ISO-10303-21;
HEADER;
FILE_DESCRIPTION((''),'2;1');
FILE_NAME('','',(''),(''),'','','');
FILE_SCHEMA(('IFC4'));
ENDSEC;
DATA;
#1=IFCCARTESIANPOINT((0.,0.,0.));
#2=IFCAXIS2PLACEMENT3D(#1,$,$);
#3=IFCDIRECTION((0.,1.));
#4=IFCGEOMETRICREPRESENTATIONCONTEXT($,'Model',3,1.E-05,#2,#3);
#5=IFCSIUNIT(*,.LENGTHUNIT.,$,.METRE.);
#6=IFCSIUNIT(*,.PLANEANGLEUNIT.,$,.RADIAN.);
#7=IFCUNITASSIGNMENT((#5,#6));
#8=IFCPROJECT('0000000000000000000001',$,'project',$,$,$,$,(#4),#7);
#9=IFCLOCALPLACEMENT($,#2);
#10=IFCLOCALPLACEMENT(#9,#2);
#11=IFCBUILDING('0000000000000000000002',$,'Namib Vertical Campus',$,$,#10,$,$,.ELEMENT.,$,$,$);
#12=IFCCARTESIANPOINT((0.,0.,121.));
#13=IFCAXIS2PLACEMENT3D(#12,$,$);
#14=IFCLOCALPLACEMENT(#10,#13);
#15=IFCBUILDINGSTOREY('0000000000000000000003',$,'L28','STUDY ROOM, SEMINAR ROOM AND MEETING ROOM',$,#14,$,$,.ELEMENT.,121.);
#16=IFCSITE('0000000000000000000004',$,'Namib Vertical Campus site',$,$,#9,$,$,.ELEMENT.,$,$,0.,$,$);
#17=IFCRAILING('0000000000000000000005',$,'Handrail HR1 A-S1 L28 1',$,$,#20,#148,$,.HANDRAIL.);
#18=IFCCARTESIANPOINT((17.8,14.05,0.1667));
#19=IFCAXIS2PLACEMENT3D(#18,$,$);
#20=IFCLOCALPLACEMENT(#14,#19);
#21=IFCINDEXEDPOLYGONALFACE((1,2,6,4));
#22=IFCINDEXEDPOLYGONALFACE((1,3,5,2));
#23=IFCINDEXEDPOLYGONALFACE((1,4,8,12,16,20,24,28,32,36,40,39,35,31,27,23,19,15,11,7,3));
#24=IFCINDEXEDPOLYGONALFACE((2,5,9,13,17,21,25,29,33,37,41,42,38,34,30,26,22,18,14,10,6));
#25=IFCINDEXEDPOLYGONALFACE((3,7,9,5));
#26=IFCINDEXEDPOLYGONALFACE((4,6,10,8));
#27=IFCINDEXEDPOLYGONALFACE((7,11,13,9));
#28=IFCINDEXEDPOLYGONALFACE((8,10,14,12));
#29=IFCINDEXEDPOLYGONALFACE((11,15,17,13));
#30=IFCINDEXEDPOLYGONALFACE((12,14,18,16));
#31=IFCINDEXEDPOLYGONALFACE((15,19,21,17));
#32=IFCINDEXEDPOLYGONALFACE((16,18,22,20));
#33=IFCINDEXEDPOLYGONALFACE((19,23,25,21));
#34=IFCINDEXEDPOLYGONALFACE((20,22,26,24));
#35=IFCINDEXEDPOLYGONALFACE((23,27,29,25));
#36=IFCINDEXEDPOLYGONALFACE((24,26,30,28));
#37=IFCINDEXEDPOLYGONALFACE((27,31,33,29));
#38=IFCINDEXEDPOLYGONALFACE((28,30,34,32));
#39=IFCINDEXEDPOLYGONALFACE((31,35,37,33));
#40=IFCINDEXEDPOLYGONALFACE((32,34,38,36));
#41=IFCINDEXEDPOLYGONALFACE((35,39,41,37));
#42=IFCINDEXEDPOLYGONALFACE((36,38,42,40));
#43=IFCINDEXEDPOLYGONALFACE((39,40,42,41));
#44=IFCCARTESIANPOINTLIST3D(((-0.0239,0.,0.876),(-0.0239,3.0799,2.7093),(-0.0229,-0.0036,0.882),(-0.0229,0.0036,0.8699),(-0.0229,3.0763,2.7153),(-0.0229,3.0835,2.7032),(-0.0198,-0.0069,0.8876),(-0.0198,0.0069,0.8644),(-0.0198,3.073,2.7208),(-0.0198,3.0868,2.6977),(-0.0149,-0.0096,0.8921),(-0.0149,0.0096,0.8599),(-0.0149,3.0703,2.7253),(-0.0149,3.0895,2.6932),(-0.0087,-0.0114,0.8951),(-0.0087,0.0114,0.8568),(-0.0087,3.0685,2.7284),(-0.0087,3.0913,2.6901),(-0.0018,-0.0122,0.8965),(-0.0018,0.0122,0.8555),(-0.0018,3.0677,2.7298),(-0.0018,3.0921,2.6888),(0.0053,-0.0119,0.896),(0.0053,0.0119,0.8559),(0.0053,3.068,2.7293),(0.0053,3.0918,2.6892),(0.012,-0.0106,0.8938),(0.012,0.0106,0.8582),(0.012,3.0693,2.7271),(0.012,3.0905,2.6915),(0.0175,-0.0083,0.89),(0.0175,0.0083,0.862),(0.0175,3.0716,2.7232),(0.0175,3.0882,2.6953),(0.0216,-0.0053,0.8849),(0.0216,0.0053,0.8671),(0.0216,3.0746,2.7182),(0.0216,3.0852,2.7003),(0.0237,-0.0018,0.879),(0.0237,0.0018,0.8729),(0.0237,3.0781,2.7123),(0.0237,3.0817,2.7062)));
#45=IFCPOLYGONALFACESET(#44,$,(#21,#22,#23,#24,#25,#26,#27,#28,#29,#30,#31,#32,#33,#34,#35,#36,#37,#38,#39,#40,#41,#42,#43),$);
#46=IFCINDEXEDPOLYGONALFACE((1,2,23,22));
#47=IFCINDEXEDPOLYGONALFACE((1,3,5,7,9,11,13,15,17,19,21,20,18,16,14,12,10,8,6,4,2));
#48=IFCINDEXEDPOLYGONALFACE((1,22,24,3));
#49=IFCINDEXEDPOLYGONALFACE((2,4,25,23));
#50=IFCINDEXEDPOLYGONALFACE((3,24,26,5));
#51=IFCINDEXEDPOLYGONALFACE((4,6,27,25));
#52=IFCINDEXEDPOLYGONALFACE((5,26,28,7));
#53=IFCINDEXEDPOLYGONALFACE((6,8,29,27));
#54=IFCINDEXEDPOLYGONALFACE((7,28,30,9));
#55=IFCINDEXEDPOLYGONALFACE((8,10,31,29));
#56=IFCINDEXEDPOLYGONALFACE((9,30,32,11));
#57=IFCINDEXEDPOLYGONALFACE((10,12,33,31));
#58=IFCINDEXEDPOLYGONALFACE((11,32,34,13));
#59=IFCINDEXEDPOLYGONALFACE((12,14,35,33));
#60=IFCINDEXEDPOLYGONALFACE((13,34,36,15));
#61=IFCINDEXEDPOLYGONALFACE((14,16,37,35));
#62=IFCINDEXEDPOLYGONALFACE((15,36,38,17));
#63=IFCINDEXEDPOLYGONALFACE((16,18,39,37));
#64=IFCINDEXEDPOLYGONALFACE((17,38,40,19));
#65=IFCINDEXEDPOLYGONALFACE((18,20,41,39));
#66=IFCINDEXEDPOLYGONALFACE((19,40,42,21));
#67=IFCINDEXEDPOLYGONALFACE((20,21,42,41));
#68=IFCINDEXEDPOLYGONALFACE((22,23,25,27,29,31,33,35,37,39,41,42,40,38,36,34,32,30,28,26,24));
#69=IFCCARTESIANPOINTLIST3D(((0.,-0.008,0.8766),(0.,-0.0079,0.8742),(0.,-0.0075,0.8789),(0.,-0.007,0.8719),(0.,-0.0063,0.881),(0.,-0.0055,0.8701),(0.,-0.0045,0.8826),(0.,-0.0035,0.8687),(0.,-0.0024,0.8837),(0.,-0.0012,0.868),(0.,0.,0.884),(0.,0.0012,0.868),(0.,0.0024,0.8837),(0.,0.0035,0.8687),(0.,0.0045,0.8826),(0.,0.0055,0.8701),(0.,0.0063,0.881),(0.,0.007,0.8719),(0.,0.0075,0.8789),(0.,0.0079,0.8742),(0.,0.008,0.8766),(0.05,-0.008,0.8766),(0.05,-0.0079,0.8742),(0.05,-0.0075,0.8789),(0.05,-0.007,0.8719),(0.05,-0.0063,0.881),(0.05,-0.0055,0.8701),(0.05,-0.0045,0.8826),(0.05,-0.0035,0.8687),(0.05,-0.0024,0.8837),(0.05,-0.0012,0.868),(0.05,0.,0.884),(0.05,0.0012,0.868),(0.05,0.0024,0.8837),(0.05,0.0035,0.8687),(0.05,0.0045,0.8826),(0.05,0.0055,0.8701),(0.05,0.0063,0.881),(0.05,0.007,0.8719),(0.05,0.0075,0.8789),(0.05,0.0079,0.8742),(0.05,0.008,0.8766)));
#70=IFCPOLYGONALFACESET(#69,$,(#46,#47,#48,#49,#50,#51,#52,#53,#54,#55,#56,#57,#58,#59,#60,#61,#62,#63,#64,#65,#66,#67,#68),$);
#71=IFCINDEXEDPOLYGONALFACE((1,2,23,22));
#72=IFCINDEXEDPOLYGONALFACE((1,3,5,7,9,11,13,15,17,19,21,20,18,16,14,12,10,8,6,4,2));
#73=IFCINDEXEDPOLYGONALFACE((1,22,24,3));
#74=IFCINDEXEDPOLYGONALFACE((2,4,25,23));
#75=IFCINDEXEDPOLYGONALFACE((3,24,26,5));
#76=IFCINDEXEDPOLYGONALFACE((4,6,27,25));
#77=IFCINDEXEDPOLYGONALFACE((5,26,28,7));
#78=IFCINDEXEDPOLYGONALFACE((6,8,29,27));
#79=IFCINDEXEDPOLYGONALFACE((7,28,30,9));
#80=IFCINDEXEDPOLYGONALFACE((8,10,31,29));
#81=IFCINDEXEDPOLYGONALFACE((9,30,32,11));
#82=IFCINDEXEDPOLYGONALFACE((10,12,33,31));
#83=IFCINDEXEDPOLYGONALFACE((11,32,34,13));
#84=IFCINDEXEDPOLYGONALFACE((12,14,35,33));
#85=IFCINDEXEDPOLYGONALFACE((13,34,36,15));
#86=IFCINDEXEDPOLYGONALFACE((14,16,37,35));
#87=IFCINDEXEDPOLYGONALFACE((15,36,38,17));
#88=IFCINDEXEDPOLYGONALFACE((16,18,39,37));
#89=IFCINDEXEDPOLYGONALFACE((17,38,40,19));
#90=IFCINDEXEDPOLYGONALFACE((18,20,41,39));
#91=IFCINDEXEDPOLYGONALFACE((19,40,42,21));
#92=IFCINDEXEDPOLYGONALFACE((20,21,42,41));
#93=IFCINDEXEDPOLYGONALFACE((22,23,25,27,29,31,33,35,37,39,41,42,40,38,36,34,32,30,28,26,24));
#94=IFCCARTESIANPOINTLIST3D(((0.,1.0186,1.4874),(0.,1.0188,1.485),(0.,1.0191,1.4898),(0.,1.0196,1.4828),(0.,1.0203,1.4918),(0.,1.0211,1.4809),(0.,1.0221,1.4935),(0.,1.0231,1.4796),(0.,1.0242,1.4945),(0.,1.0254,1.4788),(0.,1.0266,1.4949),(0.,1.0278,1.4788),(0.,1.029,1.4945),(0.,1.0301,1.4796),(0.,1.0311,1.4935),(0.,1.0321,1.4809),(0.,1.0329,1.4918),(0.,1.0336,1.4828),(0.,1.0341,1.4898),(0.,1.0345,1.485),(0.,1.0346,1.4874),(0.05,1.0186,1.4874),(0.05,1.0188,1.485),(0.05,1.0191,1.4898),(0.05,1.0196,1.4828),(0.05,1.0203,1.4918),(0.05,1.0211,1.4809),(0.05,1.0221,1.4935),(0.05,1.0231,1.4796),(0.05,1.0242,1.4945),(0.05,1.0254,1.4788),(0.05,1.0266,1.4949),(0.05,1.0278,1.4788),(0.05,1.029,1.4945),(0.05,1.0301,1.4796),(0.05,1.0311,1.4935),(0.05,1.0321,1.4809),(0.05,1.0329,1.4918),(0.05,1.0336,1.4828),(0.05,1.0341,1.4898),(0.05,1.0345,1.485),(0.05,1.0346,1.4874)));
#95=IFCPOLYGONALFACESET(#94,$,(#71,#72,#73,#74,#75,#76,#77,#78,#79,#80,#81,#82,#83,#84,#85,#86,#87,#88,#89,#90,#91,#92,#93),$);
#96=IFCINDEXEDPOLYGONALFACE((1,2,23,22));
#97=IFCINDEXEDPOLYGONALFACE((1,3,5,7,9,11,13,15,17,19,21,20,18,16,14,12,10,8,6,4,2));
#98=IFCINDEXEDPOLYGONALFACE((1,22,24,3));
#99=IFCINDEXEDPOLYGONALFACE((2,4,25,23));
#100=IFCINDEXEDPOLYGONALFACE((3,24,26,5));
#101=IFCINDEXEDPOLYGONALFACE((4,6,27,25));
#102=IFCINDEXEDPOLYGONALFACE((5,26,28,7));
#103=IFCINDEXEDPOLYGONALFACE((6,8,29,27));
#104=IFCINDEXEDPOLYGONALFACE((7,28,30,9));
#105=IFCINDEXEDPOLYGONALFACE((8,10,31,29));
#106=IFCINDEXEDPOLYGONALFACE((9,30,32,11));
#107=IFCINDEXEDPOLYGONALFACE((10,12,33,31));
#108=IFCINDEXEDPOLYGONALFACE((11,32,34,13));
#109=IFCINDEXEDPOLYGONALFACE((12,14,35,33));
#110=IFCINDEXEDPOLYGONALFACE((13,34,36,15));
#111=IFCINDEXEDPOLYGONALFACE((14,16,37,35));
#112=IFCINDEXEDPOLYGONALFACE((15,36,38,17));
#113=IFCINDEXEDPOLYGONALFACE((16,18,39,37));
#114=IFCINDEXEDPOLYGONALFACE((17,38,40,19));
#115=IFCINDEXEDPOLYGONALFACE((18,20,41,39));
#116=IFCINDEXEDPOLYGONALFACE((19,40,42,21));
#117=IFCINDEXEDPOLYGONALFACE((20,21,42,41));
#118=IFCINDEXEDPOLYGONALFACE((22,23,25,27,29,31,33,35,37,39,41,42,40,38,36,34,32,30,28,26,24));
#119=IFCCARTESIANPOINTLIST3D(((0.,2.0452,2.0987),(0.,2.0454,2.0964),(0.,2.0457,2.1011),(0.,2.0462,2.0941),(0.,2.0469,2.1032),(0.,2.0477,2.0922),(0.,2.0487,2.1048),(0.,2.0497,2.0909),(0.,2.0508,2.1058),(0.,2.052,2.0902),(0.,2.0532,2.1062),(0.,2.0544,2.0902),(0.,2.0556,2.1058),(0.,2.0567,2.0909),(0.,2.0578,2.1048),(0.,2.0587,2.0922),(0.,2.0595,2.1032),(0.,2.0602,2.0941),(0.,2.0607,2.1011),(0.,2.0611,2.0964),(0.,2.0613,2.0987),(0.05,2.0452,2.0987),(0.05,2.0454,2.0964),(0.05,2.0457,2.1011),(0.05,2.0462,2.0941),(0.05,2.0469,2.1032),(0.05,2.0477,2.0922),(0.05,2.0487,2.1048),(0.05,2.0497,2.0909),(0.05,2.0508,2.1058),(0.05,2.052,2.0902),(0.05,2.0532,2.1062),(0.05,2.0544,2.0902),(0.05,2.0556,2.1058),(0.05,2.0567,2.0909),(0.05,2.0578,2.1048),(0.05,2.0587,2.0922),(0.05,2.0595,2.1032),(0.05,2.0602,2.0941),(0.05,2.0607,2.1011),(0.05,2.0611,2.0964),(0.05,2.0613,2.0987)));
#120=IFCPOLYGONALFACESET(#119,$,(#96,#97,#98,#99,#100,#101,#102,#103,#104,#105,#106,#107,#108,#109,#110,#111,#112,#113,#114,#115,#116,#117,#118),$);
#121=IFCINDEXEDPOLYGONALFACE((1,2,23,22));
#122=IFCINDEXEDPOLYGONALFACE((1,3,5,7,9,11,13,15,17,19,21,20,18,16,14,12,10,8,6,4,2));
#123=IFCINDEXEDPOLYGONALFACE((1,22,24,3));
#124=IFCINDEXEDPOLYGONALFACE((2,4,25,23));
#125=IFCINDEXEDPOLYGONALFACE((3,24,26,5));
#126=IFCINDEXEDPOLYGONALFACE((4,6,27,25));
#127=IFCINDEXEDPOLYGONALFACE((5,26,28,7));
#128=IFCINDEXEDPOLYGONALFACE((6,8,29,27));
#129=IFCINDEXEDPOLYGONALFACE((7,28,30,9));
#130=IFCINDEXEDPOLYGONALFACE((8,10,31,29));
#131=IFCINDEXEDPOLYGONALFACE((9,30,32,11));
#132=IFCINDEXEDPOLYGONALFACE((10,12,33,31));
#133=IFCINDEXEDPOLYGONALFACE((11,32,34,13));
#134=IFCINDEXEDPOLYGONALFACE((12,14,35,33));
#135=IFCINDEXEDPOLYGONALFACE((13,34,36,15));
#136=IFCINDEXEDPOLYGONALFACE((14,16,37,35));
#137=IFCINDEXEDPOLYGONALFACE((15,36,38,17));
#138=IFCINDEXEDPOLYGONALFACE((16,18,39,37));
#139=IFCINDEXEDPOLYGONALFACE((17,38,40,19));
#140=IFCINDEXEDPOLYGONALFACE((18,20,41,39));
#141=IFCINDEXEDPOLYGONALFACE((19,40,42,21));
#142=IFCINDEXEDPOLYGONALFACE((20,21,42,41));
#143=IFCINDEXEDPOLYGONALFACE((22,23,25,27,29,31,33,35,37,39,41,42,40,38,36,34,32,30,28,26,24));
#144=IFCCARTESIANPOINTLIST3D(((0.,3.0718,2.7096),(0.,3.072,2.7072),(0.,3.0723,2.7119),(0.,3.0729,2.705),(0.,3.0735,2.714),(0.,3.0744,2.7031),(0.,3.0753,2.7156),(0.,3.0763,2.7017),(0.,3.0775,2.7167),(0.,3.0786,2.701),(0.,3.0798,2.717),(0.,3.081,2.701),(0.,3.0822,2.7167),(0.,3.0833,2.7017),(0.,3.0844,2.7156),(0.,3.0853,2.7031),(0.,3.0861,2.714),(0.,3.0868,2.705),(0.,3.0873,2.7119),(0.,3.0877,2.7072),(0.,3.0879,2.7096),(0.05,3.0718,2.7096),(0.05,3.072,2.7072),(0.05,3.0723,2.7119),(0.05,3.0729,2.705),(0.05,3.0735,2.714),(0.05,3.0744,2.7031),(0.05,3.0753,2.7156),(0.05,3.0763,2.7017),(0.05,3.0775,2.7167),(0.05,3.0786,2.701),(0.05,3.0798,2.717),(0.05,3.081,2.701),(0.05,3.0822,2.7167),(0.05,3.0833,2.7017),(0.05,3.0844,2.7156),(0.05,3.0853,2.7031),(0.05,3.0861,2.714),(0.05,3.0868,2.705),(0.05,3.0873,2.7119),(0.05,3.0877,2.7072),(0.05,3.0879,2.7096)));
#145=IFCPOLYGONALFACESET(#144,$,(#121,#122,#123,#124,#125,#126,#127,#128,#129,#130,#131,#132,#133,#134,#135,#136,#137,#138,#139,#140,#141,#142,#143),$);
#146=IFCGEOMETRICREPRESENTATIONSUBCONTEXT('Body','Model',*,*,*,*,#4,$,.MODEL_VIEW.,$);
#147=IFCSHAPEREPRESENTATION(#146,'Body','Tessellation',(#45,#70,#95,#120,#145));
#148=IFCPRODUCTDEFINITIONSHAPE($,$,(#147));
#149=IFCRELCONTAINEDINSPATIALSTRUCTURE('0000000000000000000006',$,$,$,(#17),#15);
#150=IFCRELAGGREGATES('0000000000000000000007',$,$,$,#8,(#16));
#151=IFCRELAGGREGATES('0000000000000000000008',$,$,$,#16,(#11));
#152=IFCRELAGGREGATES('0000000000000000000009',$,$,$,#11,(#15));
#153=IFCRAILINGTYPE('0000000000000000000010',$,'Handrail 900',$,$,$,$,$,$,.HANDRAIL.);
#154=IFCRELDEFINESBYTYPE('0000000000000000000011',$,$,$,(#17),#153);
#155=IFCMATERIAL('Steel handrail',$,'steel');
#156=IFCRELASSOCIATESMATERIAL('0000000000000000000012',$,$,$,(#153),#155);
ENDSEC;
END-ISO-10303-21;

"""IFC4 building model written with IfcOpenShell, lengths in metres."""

from ifc_helpers import new_model, si_unit, direction, frame, origin, origin_2d, place, context, subcontext, project, spatial, circle, extrude, material, type_object, element, save


model = new_model("IFC4")

# Units and contexts
model_context = context("Model", 3, precision=1e-05, world=origin(), true_north=direction((0.0, 1.0)))
body_context = subcontext(model_context, "Body", "Model", "MODEL_VIEW")
ifc_project = project(units=[si_unit("LENGTHUNIT", "METRE"), si_unit("PLANEANGLEUNIT", "RADIAN")], contexts=[model_context])

# Site, building, storey
site_placement = place(None, origin())
site = spatial("IfcSite", under=ifc_project, at=site_placement, Name="Namib Vertical Campus site", CompositionType="ELEMENT", RefElevation=0.0)
building_placement = place(site_placement, origin())
building = spatial("IfcBuilding", under=site, at=building_placement, Name="Namib Vertical Campus", CompositionType="ELEMENT")
storey_placement = place(building_placement, frame((0.0, 0.0, 121.0)))
storey = spatial("IfcBuildingStorey", under=building, at=storey_placement, Name="L28", Description="STUDY ROOM, SEMINAR ROOM AND MEETING ROOM", CompositionType="ELEMENT", Elevation=121.0)

# Railing
ifc_material_1 = material(Name="Steel handrail", Category="steel")
railing_type_1 = type_object("IfcRailingType", Name="Handrail 900", PredefinedType="HANDRAIL", material=ifc_material_1)
railing_1_placement = place(storey_placement, frame((17.8, 14.05, 0.1667)))
element("IfcRailing", 1, at=railing_1_placement, inside=storey, type_object=railing_type_1, Name="Handrail HR1 A-S1 L28 1", PredefinedType="HANDRAIL", context=body_context, shape_type="SweptSolid", body=[
    extrude(circle(Radius=0.0239, at=origin_2d()), frame((0.0, 0.0, 0.876), z_axis=(0.0, 0.859291, 0.511487), x_axis=(-1.0, 0.0, 0.0)), (0.0, 0.0, 1.0), 3.5842),
    extrude(circle(Radius=0.0081, at=origin_2d()), frame((0.0, 0.0, 0.876), z_axis=(1.0, 0.0, 0.0), x_axis=(0.0, 0.0, 1.0)), (0.0, 0.0, 1.0), 0.05),
    extrude(circle(Radius=0.0081, at=origin_2d()), frame((0.0, 1.0266, 1.4868), z_axis=(1.0, 0.0, 0.0), x_axis=(0.0, 0.0, 1.0)), (0.0, 0.0, 1.0), 0.05),
    extrude(circle(Radius=0.0081, at=origin_2d()), frame((0.0, 2.0532, 2.0981), z_axis=(1.0, 0.0, 0.0), x_axis=(0.0, 0.0, 1.0)), (0.0, 0.0, 1.0), 0.05),
    extrude(circle(Radius=0.0081, at=origin_2d()), frame((0.0, 3.0798, 2.709), z_axis=(1.0, 0.0, 0.0), x_axis=(0.0, 0.0, 1.0)), (0.0, 0.0, 1.0), 0.05),
])

save(model, "model.ifc")
